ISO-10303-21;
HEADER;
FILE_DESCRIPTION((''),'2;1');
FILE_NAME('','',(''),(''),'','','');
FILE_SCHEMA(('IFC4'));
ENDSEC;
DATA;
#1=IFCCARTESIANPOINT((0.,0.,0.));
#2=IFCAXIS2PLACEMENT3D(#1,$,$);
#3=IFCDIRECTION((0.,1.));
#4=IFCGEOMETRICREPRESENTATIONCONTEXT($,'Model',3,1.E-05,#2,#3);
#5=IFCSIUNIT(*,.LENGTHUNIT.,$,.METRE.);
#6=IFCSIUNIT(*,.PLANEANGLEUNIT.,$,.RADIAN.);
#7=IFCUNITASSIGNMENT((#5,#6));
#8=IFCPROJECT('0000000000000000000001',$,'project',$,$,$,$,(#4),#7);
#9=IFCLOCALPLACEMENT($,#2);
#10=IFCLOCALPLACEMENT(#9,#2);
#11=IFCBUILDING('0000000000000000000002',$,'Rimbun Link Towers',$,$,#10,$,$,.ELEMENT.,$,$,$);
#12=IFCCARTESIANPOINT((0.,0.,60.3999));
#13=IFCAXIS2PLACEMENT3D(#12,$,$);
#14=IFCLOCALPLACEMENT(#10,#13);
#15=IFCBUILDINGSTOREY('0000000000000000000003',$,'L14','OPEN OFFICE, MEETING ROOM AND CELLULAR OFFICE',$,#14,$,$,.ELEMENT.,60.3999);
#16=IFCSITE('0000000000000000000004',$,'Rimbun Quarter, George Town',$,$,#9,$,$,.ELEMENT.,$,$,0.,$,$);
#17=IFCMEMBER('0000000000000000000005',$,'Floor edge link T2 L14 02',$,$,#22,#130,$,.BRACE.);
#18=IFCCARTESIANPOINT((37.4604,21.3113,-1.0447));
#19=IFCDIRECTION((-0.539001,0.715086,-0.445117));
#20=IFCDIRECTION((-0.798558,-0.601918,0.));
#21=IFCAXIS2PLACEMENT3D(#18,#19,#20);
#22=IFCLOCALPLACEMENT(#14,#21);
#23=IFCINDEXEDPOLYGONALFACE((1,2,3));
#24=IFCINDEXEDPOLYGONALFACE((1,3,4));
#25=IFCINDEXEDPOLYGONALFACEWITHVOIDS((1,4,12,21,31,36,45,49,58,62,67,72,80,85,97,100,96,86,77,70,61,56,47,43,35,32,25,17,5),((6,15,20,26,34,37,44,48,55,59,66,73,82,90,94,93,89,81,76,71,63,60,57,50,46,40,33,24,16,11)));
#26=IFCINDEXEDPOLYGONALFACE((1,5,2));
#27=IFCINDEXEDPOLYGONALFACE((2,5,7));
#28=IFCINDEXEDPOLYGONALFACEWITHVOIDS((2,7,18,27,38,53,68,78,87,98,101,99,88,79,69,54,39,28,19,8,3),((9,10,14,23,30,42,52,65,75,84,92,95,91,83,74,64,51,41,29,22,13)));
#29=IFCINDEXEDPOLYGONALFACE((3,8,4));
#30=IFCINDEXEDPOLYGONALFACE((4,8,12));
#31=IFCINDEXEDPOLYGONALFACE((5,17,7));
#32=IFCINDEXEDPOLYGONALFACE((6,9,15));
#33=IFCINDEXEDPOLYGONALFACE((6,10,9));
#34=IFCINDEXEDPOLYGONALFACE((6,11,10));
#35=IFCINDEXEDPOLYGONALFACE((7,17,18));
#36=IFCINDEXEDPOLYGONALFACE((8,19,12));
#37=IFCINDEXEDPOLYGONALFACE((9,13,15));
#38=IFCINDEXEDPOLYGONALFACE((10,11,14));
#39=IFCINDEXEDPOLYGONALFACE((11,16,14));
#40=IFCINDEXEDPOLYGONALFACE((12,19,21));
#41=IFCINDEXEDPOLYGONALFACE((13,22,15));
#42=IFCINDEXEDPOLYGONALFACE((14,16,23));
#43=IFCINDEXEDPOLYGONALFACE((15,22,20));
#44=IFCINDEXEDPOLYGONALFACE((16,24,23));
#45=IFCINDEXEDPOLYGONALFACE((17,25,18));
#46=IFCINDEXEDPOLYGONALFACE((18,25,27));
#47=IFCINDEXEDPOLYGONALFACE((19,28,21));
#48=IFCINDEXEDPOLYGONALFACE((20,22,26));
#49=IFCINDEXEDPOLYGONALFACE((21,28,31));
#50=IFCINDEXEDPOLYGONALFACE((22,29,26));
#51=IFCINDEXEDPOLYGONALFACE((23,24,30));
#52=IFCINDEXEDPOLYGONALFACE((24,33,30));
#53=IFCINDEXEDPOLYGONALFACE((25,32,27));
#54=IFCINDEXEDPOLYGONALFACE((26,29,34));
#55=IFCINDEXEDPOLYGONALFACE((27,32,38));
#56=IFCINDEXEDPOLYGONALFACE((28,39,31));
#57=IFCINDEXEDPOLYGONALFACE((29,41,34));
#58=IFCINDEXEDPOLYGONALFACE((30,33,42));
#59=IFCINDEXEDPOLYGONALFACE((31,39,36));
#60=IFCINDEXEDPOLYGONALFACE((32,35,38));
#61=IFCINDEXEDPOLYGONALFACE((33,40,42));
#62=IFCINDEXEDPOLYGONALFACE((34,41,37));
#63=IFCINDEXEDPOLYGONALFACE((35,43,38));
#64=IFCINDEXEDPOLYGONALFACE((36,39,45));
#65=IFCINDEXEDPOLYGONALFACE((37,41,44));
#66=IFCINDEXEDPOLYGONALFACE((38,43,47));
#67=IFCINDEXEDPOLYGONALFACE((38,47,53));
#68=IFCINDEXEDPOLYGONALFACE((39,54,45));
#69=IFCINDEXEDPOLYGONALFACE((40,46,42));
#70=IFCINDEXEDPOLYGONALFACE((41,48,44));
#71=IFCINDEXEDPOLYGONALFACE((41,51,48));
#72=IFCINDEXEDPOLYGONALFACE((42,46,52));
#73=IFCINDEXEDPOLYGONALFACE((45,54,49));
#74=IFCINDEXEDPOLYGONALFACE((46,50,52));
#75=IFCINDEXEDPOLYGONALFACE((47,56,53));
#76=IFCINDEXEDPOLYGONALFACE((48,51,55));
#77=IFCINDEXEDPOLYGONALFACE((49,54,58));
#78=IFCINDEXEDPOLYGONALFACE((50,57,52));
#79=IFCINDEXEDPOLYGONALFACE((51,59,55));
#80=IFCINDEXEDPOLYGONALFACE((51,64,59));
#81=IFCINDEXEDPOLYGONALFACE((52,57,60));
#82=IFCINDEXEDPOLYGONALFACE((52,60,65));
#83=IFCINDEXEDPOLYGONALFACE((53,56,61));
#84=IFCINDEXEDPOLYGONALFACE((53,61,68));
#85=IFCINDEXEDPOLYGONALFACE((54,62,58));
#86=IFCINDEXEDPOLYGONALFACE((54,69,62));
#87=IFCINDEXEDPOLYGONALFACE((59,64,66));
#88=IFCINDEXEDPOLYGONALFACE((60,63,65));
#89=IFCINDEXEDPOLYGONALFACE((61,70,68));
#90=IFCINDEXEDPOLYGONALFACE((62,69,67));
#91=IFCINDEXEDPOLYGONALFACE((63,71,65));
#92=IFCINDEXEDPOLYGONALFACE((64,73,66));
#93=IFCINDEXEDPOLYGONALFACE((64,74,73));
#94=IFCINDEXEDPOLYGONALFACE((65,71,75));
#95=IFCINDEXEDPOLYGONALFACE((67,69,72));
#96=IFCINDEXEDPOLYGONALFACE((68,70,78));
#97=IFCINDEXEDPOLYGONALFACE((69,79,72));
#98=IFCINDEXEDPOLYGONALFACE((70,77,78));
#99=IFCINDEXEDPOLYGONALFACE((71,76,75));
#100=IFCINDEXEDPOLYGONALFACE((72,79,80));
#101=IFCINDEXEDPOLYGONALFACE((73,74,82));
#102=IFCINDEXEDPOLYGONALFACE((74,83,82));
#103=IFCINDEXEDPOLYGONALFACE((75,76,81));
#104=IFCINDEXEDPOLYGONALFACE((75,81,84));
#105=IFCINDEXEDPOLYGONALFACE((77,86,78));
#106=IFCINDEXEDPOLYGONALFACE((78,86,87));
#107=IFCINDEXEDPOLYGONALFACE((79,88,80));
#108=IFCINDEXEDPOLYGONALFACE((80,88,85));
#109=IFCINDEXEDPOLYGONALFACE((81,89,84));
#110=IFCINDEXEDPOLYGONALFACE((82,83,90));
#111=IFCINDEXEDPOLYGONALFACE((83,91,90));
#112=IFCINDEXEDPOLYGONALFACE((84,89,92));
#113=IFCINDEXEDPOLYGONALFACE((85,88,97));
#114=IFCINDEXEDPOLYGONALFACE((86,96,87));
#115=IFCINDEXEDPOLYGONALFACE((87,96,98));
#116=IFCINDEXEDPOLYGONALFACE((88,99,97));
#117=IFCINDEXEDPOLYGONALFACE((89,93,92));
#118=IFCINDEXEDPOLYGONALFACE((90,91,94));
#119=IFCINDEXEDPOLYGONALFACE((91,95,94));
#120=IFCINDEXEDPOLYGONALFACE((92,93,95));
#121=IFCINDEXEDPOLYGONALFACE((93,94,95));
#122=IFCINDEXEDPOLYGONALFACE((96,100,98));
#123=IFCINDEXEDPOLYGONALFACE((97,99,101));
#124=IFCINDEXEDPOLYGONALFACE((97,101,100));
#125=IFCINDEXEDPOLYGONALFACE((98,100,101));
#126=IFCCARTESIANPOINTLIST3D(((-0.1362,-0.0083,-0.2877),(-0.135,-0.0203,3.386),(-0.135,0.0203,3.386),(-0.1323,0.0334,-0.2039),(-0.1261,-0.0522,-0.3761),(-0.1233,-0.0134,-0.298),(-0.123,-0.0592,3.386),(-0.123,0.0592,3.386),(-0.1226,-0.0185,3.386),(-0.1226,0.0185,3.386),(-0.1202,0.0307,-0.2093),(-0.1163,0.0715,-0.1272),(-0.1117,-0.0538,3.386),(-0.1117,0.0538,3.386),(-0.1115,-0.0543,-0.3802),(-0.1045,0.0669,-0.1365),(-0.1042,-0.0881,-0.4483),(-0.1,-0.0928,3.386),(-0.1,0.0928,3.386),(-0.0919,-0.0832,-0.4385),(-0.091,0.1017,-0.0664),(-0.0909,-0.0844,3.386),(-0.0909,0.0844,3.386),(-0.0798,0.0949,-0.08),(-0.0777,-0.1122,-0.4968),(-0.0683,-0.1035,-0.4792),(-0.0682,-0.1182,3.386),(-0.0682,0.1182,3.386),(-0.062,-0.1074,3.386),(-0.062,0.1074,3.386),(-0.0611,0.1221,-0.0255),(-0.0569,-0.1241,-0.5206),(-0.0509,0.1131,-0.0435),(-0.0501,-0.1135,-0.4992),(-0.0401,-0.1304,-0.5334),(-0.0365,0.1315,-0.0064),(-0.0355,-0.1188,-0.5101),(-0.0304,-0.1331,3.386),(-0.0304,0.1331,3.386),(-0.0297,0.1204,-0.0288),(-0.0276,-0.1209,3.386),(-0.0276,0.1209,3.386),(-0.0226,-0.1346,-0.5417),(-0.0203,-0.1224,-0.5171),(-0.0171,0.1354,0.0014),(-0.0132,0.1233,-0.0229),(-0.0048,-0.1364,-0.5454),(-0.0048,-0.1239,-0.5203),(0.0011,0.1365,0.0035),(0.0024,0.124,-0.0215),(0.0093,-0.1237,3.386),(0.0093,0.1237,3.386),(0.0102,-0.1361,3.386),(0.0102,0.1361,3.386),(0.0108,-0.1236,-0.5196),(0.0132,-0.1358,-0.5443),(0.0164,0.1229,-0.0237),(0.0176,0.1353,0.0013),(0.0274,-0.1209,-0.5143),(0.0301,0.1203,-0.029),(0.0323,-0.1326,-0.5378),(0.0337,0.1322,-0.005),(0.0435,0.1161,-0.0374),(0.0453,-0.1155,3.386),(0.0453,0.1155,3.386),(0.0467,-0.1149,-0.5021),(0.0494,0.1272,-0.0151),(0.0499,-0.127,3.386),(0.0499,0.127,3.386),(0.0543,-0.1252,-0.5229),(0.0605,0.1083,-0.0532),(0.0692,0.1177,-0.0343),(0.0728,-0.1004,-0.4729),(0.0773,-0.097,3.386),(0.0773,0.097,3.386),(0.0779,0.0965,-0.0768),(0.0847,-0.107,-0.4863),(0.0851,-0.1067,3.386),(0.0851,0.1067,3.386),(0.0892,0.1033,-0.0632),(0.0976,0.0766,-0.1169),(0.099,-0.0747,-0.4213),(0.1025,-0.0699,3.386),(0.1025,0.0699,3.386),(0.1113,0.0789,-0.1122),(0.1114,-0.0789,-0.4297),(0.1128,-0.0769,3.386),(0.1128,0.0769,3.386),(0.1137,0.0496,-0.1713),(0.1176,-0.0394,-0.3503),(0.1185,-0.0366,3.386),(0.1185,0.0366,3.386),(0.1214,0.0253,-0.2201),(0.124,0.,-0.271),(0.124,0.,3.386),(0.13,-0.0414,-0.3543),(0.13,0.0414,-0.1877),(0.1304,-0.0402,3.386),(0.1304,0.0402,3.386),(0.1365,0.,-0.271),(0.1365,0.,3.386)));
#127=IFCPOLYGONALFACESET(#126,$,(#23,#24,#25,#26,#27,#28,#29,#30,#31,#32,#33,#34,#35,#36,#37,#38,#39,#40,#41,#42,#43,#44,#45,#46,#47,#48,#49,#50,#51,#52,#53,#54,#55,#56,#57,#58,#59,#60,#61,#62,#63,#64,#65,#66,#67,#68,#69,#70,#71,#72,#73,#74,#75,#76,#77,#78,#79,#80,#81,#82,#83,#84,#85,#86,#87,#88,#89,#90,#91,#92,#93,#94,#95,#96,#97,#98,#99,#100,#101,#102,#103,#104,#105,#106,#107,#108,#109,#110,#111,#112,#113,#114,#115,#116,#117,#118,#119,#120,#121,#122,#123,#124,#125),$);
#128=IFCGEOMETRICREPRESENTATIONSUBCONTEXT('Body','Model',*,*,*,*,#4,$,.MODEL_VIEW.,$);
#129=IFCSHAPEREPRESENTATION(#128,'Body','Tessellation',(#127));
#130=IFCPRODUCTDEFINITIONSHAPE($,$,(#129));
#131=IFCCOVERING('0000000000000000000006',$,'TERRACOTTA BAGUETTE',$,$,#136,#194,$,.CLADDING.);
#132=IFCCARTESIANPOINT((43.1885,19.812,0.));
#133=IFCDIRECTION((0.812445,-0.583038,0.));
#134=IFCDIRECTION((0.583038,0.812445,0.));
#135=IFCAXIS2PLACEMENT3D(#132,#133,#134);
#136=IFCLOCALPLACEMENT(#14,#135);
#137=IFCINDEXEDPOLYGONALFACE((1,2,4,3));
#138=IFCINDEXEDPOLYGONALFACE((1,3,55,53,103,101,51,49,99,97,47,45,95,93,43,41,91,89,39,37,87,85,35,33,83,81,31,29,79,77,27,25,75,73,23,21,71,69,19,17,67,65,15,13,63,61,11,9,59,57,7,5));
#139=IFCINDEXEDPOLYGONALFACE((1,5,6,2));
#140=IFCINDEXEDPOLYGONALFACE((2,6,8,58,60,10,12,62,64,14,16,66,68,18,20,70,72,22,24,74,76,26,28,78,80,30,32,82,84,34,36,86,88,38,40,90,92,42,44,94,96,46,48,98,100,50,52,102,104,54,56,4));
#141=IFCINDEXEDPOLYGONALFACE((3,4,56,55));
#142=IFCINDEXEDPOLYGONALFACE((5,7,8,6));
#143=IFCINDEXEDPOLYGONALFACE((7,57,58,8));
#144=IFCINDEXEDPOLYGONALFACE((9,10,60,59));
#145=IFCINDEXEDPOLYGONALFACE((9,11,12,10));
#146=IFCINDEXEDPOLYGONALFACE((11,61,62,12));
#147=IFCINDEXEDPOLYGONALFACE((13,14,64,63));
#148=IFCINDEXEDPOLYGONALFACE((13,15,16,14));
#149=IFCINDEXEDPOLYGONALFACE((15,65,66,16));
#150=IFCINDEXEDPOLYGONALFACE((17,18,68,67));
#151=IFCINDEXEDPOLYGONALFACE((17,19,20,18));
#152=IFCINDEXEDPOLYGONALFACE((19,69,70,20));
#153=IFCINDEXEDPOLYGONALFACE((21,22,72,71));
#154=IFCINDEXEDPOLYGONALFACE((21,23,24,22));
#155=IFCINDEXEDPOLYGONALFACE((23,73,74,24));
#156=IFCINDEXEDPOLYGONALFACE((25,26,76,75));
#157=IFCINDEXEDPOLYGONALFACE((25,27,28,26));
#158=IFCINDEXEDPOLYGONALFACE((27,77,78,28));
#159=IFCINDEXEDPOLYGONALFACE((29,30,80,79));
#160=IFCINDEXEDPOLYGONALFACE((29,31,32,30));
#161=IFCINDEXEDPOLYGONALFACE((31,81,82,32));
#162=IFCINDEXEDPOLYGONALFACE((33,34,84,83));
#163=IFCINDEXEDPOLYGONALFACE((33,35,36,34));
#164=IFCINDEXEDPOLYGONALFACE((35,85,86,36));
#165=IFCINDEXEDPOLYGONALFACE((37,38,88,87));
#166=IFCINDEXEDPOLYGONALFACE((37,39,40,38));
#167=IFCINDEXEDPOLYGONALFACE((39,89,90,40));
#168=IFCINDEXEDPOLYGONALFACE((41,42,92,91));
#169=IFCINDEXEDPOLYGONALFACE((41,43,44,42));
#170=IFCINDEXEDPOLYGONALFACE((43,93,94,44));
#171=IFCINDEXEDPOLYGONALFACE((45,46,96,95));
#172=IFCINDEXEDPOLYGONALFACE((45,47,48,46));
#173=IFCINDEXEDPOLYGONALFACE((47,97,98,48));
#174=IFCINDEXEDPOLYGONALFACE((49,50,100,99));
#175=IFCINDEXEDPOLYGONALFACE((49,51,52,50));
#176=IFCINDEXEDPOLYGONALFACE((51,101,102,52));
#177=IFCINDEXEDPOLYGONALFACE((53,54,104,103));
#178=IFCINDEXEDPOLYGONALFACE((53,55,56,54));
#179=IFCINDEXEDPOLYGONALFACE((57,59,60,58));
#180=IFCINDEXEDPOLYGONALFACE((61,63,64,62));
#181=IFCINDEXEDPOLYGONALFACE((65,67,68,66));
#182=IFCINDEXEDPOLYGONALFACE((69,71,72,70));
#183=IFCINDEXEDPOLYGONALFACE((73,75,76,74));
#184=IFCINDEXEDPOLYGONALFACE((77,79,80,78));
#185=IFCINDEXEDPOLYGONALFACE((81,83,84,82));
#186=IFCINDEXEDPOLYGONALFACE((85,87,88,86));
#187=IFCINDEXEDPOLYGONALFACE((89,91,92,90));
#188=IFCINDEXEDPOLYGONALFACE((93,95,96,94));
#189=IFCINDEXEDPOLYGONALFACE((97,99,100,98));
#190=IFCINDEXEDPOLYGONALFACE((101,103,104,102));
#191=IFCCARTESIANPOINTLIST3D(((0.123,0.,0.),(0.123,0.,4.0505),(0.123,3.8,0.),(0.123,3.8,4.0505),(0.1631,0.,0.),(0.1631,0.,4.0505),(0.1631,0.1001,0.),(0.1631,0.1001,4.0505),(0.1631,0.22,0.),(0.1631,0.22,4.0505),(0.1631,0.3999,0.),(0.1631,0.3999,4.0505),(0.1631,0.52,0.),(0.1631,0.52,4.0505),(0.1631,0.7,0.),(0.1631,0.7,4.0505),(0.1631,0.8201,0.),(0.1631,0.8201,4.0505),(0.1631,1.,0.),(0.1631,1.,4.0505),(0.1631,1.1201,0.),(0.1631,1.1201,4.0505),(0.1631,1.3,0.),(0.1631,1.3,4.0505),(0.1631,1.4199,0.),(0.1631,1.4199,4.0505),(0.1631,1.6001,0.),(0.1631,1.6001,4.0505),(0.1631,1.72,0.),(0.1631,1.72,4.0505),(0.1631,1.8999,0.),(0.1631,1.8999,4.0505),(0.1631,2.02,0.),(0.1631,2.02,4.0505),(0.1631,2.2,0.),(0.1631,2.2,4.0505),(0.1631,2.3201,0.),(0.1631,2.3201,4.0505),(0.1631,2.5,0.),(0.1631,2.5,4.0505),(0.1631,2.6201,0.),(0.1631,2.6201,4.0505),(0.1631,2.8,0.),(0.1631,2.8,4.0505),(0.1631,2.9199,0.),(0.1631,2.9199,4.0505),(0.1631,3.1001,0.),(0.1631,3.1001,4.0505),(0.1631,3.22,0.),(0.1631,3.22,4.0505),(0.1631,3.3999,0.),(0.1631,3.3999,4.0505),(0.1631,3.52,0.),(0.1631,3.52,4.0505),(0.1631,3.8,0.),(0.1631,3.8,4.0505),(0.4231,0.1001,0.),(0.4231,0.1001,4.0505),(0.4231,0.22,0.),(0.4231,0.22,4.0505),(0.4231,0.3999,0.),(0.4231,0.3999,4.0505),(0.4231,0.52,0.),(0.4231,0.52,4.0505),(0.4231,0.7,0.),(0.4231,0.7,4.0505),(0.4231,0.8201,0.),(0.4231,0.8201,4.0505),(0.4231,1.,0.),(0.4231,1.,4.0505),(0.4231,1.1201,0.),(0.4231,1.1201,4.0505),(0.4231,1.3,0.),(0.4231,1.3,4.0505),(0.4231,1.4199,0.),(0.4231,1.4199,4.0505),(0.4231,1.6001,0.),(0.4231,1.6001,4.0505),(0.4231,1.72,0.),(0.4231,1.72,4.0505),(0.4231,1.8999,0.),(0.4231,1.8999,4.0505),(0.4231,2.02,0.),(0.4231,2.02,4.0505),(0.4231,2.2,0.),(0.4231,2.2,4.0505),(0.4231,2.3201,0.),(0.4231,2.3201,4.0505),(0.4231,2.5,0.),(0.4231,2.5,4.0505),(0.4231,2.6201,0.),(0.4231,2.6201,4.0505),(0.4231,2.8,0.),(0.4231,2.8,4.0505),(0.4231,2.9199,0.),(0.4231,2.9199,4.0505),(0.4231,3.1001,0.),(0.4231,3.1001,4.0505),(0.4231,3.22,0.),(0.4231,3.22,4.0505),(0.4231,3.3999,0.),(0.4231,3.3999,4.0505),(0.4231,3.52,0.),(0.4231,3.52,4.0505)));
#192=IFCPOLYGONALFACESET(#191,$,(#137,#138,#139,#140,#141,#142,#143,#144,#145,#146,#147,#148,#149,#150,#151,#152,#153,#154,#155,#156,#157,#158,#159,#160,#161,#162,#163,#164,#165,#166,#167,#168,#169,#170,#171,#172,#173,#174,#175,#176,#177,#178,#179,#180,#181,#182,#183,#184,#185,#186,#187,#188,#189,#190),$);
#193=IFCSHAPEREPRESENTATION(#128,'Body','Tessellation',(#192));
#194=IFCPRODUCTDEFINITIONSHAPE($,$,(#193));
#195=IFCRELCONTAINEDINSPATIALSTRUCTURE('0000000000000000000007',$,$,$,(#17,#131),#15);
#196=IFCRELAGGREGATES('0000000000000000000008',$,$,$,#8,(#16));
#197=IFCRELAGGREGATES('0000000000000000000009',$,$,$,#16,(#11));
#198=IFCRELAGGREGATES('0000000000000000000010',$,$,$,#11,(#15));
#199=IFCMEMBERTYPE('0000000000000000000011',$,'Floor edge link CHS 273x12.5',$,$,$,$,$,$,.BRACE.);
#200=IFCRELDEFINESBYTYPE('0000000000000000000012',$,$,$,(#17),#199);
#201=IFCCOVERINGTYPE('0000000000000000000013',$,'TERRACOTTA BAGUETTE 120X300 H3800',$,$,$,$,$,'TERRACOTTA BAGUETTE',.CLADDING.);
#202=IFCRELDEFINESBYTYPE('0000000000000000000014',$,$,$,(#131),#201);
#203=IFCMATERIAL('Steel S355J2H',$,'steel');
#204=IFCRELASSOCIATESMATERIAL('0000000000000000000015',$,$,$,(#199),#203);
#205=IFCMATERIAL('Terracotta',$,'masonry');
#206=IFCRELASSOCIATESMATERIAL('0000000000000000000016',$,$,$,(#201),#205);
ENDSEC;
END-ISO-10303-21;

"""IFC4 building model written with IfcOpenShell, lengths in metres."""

from ifc_helpers import new_model, si_unit, direction, frame, origin, origin_2d, place, context, subcontext, project, spatial, polyline, hollow_circle, outline, extrude, clip, halfspace, material, material_profile, profile_set, type_object, element, save


model = new_model("IFC4")

# Units and contexts
model_context = context("Model", 3, precision=1e-05, world=origin(), true_north=direction((0.0, 1.0)))
body_context = subcontext(model_context, "Body", "Model", "MODEL_VIEW")
ifc_project = project(units=[si_unit("LENGTHUNIT", "METRE"), si_unit("PLANEANGLEUNIT", "RADIAN")], contexts=[model_context])

# Site, building, storey
site_placement = place(None, origin())
site = spatial("IfcSite", under=ifc_project, at=site_placement, Name="Rimbun Quarter, George Town", CompositionType="ELEMENT", RefElevation=0.0)
building_placement = place(site_placement, origin())
building = spatial("IfcBuilding", under=site, at=building_placement, Name="Rimbun Link Towers", CompositionType="ELEMENT")
storey_placement = place(building_placement, frame((0.0, 0.0, 60.3999)))
storey = spatial("IfcBuildingStorey", under=building, at=storey_placement, Name="L14", Description="OPEN OFFICE, MEETING ROOM AND CELLULAR OFFICE", CompositionType="ELEMENT", Elevation=60.3999)

# Member
ifc_material_1 = material(Name="Steel S355J2H", Category="steel")
ifc_material_profile_1 = material_profile(ifc_material_1, hollow_circle(Radius=0.1365, WallThickness=0.0125, at=origin_2d()), Name="CHS 273x12.5")
ifc_profile_set_1 = profile_set([ifc_material_profile_1], Name="Steel S355J2H")
member_type_1 = type_object("IfcMemberType", Name="Floor edge link CHS 273x12.5", PredefinedType="BRACE", material=ifc_profile_set_1)
member_1_placement = place(storey_placement, frame((37.4604, 21.3113, -1.0447), z_axis=(-0.539001, 0.715086, -0.445117), x_axis=(-0.798558, -0.601918, 0.0)))
element("IfcMember", 1, at=member_1_placement, inside=storey, type_object=member_type_1, Name="Floor edge link T2 L14 02", PredefinedType="BRACE", context=body_context, shape_type="Clipping", body=[
    clip(extrude(hollow_circle(Radius=0.1365, WallThickness=0.0125, at=origin_2d()), frame((0.0, 0.0, -0.5715)), (0.0, 0.0, 1.0), 3.9575), halfspace(frame((0.0, 0.0, -0.271), z_axis=(0.0, 0.895472, -0.445117)), False)),
])

# Covering
ifc_material_2 = material(Name="Terracotta", Category="masonry")
ifc_material_profile_2 = material_profile(ifc_material_2, outline(polyline([(0.123, 0.0), (0.1631, 0.0), (0.1631, 0.1001), (0.4231, 0.1001), (0.4231, 0.22), (0.1631, 0.22), (0.1631, 0.3999), (0.4231, 0.3999), (0.4231, 0.52), (0.1631, 0.52), (0.1631, 0.7), (0.4231, 0.7), (0.4231, 0.8201), (0.1631, 0.8201), (0.1631, 1.0), (0.4231, 1.0), (0.4231, 1.1201), (0.1631, 1.1201), (0.1631, 1.3), (0.4231, 1.3), (0.4231, 1.4199), (0.1631, 1.4199), (0.1631, 1.6001), (0.4231, 1.6001), (0.4231, 1.72), (0.1631, 1.72), (0.1631, 1.8999), (0.4231, 1.8999), (0.4231, 2.02), (0.1631, 2.02), (0.1631, 2.2), (0.4231, 2.2), (0.4231, 2.3201), (0.1631, 2.3201), (0.1631, 2.5), (0.4231, 2.5), (0.4231, 2.6201), (0.1631, 2.6201), (0.1631, 2.8), (0.4231, 2.8), (0.4231, 2.9199), (0.1631, 2.9199), (0.1631, 3.1001), (0.4231, 3.1001), (0.4231, 3.22), (0.1631, 3.22), (0.1631, 3.3999), (0.4231, 3.3999), (0.4231, 3.52), (0.1631, 3.52), (0.1631, 3.8), (0.123, 3.8), (0.123, 0.0)])), Name="BAGUETTE 120X300")
ifc_profile_set_2 = profile_set([ifc_material_profile_2], Name="Terracotta")
covering_type = type_object("IfcCoveringType", Name="TERRACOTTA BAGUETTE 120X300 H3800", ElementType="TERRACOTTA BAGUETTE", PredefinedType="CLADDING", material=ifc_profile_set_2)
covering_1_placement = place(storey_placement, frame((43.1885, 19.812, 0.0), z_axis=(0.812445, -0.583038, 0.0), x_axis=(0.583038, 0.812445, 0.0)))
element("IfcCovering", 2, at=covering_1_placement, inside=storey, type_object=covering_type, Name="TERRACOTTA BAGUETTE", PredefinedType="CLADDING", context=body_context, shape_type="SweptSolid", body=[
    extrude(outline(polyline([(0.123, 0.0), (0.1631, 0.0), (0.1631, 0.1001), (0.4231, 0.1001), (0.4231, 0.22), (0.1631, 0.22), (0.1631, 0.3999), (0.4231, 0.3999), (0.4231, 0.52), (0.1631, 0.52), (0.1631, 0.7), (0.4231, 0.7), (0.4231, 0.8201), (0.1631, 0.8201), (0.1631, 1.0), (0.4231, 1.0), (0.4231, 1.1201), (0.1631, 1.1201), (0.1631, 1.3), (0.4231, 1.3), (0.4231, 1.4199), (0.1631, 1.4199), (0.1631, 1.6001), (0.4231, 1.6001), (0.4231, 1.72), (0.1631, 1.72), (0.1631, 1.8999), (0.4231, 1.8999), (0.4231, 2.02), (0.1631, 2.02), (0.1631, 2.2), (0.4231, 2.2), (0.4231, 2.3201), (0.1631, 2.3201), (0.1631, 2.5), (0.4231, 2.5), (0.4231, 2.6201), (0.1631, 2.6201), (0.1631, 2.8), (0.4231, 2.8), (0.4231, 2.9199), (0.1631, 2.9199), (0.1631, 3.1001), (0.4231, 3.1001), (0.4231, 3.22), (0.1631, 3.22), (0.1631, 3.3999), (0.4231, 3.3999), (0.4231, 3.52), (0.1631, 3.52), (0.1631, 3.8), (0.123, 3.8), (0.123, 0.0)])), origin(), (0.0, 0.0, 1.0), 4.0505),
])

save(model, "model.ifc")
